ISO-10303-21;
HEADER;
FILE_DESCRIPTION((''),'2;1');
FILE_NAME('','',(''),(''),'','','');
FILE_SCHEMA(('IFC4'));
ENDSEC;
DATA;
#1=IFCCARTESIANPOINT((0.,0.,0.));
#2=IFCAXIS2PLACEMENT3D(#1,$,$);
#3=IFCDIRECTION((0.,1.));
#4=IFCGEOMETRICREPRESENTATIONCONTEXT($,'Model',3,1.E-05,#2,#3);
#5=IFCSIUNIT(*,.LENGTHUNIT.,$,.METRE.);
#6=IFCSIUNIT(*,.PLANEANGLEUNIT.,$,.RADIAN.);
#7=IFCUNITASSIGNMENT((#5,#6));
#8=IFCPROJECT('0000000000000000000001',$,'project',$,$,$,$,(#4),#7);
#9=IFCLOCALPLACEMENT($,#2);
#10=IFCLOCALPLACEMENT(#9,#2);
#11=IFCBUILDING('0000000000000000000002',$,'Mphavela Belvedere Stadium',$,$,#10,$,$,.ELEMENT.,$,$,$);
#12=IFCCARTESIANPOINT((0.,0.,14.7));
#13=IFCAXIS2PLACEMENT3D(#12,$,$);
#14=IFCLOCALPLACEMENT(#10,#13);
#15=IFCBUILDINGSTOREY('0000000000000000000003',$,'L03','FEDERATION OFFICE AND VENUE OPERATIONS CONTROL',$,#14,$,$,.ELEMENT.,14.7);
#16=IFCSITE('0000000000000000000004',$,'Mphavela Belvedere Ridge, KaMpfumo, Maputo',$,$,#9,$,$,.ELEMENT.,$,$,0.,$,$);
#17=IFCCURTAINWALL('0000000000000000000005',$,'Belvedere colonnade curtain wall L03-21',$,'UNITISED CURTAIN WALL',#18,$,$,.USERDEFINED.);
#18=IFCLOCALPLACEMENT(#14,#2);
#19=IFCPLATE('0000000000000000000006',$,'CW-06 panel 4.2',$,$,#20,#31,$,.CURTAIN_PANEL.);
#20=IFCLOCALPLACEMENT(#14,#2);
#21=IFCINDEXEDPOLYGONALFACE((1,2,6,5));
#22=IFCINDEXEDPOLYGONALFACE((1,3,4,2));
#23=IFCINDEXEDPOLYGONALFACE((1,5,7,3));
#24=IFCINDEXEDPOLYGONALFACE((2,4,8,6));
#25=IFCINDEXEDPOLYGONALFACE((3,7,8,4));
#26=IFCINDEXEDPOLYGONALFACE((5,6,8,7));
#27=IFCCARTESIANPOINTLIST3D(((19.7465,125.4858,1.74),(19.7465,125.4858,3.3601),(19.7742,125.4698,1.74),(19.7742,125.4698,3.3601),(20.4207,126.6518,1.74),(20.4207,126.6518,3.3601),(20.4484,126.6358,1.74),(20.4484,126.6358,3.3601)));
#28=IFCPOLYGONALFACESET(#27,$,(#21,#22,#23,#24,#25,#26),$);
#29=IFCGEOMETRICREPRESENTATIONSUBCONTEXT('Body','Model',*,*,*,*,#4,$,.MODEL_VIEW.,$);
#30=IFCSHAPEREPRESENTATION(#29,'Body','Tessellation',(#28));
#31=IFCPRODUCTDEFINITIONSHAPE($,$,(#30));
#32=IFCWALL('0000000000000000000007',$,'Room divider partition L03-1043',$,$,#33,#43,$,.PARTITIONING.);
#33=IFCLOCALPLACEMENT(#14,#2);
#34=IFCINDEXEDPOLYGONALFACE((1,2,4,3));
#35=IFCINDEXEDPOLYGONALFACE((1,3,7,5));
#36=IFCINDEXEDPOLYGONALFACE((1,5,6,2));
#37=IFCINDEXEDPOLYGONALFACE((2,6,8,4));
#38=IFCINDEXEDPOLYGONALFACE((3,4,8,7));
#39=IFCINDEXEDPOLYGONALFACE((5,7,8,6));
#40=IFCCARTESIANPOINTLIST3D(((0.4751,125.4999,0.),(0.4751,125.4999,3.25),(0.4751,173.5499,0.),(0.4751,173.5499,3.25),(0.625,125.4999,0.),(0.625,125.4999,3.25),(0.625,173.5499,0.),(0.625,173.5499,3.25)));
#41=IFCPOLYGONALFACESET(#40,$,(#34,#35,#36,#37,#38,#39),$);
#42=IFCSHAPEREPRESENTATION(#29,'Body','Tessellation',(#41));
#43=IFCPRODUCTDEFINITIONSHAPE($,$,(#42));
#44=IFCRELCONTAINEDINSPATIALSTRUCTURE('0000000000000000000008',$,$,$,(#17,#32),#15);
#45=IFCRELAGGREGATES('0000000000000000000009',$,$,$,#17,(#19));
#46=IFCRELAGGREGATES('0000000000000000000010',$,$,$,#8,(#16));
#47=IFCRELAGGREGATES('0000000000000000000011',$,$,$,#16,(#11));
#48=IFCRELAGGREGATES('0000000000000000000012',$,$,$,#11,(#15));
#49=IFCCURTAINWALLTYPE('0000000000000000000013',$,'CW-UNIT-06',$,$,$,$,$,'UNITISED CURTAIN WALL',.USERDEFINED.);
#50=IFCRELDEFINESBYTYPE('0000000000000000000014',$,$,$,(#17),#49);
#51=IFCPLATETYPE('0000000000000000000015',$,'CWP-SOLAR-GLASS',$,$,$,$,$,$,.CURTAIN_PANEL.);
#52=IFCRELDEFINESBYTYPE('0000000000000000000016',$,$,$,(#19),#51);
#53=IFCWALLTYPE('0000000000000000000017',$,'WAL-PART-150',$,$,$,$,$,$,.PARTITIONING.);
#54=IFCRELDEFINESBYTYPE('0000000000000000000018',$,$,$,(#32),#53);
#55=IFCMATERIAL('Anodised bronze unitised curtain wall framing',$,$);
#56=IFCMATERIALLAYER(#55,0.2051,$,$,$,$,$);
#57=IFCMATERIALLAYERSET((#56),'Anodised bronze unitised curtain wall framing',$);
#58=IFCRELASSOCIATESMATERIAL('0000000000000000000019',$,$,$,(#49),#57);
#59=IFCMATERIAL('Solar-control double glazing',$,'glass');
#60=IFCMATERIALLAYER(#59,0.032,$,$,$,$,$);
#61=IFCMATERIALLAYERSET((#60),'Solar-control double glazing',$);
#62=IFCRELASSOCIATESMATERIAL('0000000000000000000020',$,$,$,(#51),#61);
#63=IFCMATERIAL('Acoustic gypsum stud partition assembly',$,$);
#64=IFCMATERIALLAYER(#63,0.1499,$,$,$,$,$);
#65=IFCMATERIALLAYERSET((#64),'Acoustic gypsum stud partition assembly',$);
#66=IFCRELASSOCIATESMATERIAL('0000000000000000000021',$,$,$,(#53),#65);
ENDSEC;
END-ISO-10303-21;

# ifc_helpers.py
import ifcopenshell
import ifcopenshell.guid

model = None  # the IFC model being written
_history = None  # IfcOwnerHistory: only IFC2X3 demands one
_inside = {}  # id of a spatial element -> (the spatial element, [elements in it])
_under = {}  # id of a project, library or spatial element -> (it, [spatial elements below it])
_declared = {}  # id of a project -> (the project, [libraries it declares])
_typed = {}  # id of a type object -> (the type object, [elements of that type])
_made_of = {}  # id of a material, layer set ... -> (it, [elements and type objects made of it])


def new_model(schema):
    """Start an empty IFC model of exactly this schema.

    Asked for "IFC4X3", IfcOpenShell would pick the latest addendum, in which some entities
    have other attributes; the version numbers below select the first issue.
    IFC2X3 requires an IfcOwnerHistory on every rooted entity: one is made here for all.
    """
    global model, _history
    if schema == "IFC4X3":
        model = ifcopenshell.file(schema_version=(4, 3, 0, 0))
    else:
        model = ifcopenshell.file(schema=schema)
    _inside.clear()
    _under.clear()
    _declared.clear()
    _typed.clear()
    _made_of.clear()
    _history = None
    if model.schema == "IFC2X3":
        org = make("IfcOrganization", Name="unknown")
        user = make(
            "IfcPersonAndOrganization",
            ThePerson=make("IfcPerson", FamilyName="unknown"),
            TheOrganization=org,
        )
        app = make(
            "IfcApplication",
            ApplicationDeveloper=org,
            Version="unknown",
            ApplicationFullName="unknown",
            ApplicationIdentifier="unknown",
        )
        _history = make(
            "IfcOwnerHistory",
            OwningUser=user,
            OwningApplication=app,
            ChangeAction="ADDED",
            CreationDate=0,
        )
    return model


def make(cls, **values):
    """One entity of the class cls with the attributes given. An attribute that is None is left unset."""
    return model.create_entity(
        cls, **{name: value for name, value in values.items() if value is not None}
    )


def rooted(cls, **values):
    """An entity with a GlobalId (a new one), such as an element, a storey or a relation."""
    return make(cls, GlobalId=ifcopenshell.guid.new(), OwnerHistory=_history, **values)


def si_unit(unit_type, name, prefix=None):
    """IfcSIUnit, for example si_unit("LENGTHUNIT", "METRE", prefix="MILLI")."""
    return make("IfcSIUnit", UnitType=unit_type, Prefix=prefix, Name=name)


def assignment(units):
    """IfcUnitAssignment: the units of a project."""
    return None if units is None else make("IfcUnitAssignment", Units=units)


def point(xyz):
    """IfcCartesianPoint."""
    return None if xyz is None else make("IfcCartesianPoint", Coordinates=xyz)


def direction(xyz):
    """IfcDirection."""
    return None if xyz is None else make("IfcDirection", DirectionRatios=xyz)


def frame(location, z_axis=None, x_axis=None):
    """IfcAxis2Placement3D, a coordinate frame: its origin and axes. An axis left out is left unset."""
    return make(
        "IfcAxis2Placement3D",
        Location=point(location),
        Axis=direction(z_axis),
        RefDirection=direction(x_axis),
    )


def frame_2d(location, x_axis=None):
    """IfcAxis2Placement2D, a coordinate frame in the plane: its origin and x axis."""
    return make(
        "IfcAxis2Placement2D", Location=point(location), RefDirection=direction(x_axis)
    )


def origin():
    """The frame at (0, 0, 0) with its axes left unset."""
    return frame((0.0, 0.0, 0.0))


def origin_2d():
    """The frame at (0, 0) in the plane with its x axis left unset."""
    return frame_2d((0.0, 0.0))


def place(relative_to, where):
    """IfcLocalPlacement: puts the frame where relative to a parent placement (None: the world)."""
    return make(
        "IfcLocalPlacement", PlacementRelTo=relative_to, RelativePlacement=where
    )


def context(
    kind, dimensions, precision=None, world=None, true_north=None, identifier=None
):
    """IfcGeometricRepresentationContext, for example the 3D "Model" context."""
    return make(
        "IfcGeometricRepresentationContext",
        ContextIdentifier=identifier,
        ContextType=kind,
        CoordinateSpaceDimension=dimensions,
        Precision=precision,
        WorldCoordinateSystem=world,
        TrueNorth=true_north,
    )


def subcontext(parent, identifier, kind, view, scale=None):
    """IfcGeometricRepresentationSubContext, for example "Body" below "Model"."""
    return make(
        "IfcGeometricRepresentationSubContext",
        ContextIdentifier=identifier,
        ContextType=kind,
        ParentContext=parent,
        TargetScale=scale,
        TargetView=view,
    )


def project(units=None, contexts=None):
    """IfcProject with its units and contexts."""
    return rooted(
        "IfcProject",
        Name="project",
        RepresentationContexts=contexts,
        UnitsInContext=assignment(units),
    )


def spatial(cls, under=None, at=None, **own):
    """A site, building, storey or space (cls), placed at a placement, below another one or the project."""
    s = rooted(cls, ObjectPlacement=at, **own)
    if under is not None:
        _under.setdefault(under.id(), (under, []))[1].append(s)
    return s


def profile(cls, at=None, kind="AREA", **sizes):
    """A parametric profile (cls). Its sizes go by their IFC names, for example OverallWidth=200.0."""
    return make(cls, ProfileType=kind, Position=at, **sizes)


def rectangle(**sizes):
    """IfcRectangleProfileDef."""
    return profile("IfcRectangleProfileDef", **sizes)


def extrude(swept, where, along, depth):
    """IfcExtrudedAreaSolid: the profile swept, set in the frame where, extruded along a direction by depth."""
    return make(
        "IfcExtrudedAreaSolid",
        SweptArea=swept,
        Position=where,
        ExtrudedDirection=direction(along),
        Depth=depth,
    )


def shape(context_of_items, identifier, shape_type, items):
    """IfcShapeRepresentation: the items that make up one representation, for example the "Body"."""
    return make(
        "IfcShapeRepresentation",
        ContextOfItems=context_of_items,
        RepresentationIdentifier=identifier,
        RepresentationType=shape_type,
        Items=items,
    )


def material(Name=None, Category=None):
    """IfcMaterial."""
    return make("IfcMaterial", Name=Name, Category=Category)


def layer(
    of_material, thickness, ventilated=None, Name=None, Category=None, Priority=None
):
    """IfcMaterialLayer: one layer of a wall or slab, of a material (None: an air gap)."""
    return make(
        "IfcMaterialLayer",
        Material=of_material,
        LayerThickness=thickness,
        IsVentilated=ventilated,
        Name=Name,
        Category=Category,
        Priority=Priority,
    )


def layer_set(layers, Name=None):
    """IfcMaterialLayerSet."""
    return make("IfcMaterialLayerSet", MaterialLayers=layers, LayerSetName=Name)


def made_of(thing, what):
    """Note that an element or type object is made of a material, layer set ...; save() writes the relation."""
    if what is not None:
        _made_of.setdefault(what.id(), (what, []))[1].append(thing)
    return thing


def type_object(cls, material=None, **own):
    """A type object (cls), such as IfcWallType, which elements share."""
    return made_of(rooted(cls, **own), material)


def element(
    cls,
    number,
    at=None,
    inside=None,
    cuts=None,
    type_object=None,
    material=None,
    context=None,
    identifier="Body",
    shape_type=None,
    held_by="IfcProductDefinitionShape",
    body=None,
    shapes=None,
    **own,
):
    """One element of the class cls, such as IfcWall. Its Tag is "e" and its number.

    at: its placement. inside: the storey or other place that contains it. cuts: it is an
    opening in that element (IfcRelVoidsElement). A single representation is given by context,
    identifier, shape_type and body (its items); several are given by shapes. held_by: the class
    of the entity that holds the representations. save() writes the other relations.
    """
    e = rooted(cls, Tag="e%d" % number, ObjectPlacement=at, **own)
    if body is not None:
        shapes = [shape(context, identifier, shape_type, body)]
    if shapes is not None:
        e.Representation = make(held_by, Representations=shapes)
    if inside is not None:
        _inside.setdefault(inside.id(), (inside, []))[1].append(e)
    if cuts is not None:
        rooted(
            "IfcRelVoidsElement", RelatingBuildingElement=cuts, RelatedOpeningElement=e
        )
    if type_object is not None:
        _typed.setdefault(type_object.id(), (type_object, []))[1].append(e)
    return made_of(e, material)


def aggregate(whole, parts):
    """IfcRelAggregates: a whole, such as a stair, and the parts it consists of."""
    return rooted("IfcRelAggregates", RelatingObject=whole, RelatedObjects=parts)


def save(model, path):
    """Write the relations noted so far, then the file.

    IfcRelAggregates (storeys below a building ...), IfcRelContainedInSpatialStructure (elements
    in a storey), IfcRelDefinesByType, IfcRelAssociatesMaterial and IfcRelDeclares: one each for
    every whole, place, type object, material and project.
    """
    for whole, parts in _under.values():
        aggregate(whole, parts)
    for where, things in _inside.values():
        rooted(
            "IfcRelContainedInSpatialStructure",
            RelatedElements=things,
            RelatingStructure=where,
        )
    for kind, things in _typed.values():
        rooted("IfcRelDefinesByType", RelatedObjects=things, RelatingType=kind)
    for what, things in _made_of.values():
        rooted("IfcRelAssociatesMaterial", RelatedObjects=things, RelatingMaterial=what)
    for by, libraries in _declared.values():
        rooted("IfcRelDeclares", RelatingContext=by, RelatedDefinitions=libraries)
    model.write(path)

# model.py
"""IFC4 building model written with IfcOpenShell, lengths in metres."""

from ifc_helpers import new_model, si_unit, direction, frame, frame_2d, origin, origin_2d, place, context, subcontext, project, spatial, rectangle, extrude, material, layer, layer_set, type_object, element, aggregate, save


model = new_model("IFC4")

# Units and contexts
model_context = context("Model", 3, precision=1e-05, world=origin(), true_north=direction((0.0, 1.0)))
body_context = subcontext(model_context, "Body", "Model", "MODEL_VIEW")
ifc_project = project(units=[si_unit("LENGTHUNIT", "METRE"), si_unit("PLANEANGLEUNIT", "RADIAN")], contexts=[model_context])

# Site, building, storey
site_placement = place(None, origin())
site = spatial("IfcSite", under=ifc_project, at=site_placement, Name="Mphavela Belvedere Ridge, KaMpfumo, Maputo", CompositionType="ELEMENT", RefElevation=0.0)
building_placement = place(site_placement, origin())
building = spatial("IfcBuilding", under=site, at=building_placement, Name="Mphavela Belvedere Stadium", CompositionType="ELEMENT")
storey_placement = place(building_placement, frame((0.0, 0.0, 14.7)))
storey = spatial("IfcBuildingStorey", under=building, at=storey_placement, Name="L03", Description="FEDERATION OFFICE AND VENUE OPERATIONS CONTROL", CompositionType="ELEMENT", Elevation=14.7)

# Curtain wall, plate
ifc_material_1 = material(Name="Anodised bronze unitised curtain wall framing")
ifc_layer_1 = layer(ifc_material_1, 0.2051)
ifc_layer_set_1 = layer_set([ifc_layer_1], Name="Anodised bronze unitised curtain wall framing")
curtain_wall_type = type_object("IfcCurtainWallType", Name="CW-UNIT-06", ElementType="UNITISED CURTAIN WALL", PredefinedType="USERDEFINED", material=ifc_layer_set_1)
curtain_wall_placement = place(storey_placement, origin())
curtain_wall = element("IfcCurtainWall", 1, at=curtain_wall_placement, inside=storey, type_object=curtain_wall_type, Name="Belvedere colonnade curtain wall L03-21", ObjectType="UNITISED CURTAIN WALL", PredefinedType="USERDEFINED")
ifc_material_2 = material(Name="Solar-control double glazing", Category="glass")
ifc_layer_2 = layer(ifc_material_2, 0.032)
ifc_layer_set_2 = layer_set([ifc_layer_2], Name="Solar-control double glazing")
plate_type = type_object("IfcPlateType", Name="CWP-SOLAR-GLASS", PredefinedType="CURTAIN_PANEL", material=ifc_layer_set_2)
plate_1_placement = place(storey_placement, frame((20.0974, 126.0608, 1.74), z_axis=(0.0, 0.0, 1.0), x_axis=(-0.500554, -0.865705, 0.0)))
plate_1 = element("IfcPlate", 2, at=plate_1_placement, type_object=plate_type, Name="CW-06 panel 4.2", PredefinedType="CURTAIN_PANEL", context=body_context, shape_type="SweptSolid", body=[
    extrude(rectangle(XDim=1.3469, YDim=0.032, at=origin_2d()), origin(), (0.0, 0.0, 1.0), 1.6201),
])
aggregate(curtain_wall, [plate_1])

# Wall
ifc_material_3 = material(Name="Acoustic gypsum stud partition assembly")
ifc_layer_3 = layer(ifc_material_3, 0.1499)
ifc_layer_set_3 = layer_set([ifc_layer_3], Name="Acoustic gypsum stud partition assembly")
wall_type = type_object("IfcWallType", Name="WAL-PART-150", PredefinedType="PARTITIONING", material=ifc_layer_set_3)
wall_placement = place(storey_placement, frame((0.55, 125.5, 0.0), z_axis=(0.0, 0.0, 1.0), x_axis=(0.0, 1.0, 0.0)))
element("IfcWall", 3, at=wall_placement, inside=storey, type_object=wall_type, Name="Room divider partition L03-1043", PredefinedType="PARTITIONING", context=body_context, shape_type="SweptSolid", body=[
    extrude(rectangle(XDim=48.05, YDim=0.1499, at=frame_2d((24.0249, 0.0))), origin(), (0.0, 0.0, 1.0), 3.25),
])

save(model, "model.ifc")
